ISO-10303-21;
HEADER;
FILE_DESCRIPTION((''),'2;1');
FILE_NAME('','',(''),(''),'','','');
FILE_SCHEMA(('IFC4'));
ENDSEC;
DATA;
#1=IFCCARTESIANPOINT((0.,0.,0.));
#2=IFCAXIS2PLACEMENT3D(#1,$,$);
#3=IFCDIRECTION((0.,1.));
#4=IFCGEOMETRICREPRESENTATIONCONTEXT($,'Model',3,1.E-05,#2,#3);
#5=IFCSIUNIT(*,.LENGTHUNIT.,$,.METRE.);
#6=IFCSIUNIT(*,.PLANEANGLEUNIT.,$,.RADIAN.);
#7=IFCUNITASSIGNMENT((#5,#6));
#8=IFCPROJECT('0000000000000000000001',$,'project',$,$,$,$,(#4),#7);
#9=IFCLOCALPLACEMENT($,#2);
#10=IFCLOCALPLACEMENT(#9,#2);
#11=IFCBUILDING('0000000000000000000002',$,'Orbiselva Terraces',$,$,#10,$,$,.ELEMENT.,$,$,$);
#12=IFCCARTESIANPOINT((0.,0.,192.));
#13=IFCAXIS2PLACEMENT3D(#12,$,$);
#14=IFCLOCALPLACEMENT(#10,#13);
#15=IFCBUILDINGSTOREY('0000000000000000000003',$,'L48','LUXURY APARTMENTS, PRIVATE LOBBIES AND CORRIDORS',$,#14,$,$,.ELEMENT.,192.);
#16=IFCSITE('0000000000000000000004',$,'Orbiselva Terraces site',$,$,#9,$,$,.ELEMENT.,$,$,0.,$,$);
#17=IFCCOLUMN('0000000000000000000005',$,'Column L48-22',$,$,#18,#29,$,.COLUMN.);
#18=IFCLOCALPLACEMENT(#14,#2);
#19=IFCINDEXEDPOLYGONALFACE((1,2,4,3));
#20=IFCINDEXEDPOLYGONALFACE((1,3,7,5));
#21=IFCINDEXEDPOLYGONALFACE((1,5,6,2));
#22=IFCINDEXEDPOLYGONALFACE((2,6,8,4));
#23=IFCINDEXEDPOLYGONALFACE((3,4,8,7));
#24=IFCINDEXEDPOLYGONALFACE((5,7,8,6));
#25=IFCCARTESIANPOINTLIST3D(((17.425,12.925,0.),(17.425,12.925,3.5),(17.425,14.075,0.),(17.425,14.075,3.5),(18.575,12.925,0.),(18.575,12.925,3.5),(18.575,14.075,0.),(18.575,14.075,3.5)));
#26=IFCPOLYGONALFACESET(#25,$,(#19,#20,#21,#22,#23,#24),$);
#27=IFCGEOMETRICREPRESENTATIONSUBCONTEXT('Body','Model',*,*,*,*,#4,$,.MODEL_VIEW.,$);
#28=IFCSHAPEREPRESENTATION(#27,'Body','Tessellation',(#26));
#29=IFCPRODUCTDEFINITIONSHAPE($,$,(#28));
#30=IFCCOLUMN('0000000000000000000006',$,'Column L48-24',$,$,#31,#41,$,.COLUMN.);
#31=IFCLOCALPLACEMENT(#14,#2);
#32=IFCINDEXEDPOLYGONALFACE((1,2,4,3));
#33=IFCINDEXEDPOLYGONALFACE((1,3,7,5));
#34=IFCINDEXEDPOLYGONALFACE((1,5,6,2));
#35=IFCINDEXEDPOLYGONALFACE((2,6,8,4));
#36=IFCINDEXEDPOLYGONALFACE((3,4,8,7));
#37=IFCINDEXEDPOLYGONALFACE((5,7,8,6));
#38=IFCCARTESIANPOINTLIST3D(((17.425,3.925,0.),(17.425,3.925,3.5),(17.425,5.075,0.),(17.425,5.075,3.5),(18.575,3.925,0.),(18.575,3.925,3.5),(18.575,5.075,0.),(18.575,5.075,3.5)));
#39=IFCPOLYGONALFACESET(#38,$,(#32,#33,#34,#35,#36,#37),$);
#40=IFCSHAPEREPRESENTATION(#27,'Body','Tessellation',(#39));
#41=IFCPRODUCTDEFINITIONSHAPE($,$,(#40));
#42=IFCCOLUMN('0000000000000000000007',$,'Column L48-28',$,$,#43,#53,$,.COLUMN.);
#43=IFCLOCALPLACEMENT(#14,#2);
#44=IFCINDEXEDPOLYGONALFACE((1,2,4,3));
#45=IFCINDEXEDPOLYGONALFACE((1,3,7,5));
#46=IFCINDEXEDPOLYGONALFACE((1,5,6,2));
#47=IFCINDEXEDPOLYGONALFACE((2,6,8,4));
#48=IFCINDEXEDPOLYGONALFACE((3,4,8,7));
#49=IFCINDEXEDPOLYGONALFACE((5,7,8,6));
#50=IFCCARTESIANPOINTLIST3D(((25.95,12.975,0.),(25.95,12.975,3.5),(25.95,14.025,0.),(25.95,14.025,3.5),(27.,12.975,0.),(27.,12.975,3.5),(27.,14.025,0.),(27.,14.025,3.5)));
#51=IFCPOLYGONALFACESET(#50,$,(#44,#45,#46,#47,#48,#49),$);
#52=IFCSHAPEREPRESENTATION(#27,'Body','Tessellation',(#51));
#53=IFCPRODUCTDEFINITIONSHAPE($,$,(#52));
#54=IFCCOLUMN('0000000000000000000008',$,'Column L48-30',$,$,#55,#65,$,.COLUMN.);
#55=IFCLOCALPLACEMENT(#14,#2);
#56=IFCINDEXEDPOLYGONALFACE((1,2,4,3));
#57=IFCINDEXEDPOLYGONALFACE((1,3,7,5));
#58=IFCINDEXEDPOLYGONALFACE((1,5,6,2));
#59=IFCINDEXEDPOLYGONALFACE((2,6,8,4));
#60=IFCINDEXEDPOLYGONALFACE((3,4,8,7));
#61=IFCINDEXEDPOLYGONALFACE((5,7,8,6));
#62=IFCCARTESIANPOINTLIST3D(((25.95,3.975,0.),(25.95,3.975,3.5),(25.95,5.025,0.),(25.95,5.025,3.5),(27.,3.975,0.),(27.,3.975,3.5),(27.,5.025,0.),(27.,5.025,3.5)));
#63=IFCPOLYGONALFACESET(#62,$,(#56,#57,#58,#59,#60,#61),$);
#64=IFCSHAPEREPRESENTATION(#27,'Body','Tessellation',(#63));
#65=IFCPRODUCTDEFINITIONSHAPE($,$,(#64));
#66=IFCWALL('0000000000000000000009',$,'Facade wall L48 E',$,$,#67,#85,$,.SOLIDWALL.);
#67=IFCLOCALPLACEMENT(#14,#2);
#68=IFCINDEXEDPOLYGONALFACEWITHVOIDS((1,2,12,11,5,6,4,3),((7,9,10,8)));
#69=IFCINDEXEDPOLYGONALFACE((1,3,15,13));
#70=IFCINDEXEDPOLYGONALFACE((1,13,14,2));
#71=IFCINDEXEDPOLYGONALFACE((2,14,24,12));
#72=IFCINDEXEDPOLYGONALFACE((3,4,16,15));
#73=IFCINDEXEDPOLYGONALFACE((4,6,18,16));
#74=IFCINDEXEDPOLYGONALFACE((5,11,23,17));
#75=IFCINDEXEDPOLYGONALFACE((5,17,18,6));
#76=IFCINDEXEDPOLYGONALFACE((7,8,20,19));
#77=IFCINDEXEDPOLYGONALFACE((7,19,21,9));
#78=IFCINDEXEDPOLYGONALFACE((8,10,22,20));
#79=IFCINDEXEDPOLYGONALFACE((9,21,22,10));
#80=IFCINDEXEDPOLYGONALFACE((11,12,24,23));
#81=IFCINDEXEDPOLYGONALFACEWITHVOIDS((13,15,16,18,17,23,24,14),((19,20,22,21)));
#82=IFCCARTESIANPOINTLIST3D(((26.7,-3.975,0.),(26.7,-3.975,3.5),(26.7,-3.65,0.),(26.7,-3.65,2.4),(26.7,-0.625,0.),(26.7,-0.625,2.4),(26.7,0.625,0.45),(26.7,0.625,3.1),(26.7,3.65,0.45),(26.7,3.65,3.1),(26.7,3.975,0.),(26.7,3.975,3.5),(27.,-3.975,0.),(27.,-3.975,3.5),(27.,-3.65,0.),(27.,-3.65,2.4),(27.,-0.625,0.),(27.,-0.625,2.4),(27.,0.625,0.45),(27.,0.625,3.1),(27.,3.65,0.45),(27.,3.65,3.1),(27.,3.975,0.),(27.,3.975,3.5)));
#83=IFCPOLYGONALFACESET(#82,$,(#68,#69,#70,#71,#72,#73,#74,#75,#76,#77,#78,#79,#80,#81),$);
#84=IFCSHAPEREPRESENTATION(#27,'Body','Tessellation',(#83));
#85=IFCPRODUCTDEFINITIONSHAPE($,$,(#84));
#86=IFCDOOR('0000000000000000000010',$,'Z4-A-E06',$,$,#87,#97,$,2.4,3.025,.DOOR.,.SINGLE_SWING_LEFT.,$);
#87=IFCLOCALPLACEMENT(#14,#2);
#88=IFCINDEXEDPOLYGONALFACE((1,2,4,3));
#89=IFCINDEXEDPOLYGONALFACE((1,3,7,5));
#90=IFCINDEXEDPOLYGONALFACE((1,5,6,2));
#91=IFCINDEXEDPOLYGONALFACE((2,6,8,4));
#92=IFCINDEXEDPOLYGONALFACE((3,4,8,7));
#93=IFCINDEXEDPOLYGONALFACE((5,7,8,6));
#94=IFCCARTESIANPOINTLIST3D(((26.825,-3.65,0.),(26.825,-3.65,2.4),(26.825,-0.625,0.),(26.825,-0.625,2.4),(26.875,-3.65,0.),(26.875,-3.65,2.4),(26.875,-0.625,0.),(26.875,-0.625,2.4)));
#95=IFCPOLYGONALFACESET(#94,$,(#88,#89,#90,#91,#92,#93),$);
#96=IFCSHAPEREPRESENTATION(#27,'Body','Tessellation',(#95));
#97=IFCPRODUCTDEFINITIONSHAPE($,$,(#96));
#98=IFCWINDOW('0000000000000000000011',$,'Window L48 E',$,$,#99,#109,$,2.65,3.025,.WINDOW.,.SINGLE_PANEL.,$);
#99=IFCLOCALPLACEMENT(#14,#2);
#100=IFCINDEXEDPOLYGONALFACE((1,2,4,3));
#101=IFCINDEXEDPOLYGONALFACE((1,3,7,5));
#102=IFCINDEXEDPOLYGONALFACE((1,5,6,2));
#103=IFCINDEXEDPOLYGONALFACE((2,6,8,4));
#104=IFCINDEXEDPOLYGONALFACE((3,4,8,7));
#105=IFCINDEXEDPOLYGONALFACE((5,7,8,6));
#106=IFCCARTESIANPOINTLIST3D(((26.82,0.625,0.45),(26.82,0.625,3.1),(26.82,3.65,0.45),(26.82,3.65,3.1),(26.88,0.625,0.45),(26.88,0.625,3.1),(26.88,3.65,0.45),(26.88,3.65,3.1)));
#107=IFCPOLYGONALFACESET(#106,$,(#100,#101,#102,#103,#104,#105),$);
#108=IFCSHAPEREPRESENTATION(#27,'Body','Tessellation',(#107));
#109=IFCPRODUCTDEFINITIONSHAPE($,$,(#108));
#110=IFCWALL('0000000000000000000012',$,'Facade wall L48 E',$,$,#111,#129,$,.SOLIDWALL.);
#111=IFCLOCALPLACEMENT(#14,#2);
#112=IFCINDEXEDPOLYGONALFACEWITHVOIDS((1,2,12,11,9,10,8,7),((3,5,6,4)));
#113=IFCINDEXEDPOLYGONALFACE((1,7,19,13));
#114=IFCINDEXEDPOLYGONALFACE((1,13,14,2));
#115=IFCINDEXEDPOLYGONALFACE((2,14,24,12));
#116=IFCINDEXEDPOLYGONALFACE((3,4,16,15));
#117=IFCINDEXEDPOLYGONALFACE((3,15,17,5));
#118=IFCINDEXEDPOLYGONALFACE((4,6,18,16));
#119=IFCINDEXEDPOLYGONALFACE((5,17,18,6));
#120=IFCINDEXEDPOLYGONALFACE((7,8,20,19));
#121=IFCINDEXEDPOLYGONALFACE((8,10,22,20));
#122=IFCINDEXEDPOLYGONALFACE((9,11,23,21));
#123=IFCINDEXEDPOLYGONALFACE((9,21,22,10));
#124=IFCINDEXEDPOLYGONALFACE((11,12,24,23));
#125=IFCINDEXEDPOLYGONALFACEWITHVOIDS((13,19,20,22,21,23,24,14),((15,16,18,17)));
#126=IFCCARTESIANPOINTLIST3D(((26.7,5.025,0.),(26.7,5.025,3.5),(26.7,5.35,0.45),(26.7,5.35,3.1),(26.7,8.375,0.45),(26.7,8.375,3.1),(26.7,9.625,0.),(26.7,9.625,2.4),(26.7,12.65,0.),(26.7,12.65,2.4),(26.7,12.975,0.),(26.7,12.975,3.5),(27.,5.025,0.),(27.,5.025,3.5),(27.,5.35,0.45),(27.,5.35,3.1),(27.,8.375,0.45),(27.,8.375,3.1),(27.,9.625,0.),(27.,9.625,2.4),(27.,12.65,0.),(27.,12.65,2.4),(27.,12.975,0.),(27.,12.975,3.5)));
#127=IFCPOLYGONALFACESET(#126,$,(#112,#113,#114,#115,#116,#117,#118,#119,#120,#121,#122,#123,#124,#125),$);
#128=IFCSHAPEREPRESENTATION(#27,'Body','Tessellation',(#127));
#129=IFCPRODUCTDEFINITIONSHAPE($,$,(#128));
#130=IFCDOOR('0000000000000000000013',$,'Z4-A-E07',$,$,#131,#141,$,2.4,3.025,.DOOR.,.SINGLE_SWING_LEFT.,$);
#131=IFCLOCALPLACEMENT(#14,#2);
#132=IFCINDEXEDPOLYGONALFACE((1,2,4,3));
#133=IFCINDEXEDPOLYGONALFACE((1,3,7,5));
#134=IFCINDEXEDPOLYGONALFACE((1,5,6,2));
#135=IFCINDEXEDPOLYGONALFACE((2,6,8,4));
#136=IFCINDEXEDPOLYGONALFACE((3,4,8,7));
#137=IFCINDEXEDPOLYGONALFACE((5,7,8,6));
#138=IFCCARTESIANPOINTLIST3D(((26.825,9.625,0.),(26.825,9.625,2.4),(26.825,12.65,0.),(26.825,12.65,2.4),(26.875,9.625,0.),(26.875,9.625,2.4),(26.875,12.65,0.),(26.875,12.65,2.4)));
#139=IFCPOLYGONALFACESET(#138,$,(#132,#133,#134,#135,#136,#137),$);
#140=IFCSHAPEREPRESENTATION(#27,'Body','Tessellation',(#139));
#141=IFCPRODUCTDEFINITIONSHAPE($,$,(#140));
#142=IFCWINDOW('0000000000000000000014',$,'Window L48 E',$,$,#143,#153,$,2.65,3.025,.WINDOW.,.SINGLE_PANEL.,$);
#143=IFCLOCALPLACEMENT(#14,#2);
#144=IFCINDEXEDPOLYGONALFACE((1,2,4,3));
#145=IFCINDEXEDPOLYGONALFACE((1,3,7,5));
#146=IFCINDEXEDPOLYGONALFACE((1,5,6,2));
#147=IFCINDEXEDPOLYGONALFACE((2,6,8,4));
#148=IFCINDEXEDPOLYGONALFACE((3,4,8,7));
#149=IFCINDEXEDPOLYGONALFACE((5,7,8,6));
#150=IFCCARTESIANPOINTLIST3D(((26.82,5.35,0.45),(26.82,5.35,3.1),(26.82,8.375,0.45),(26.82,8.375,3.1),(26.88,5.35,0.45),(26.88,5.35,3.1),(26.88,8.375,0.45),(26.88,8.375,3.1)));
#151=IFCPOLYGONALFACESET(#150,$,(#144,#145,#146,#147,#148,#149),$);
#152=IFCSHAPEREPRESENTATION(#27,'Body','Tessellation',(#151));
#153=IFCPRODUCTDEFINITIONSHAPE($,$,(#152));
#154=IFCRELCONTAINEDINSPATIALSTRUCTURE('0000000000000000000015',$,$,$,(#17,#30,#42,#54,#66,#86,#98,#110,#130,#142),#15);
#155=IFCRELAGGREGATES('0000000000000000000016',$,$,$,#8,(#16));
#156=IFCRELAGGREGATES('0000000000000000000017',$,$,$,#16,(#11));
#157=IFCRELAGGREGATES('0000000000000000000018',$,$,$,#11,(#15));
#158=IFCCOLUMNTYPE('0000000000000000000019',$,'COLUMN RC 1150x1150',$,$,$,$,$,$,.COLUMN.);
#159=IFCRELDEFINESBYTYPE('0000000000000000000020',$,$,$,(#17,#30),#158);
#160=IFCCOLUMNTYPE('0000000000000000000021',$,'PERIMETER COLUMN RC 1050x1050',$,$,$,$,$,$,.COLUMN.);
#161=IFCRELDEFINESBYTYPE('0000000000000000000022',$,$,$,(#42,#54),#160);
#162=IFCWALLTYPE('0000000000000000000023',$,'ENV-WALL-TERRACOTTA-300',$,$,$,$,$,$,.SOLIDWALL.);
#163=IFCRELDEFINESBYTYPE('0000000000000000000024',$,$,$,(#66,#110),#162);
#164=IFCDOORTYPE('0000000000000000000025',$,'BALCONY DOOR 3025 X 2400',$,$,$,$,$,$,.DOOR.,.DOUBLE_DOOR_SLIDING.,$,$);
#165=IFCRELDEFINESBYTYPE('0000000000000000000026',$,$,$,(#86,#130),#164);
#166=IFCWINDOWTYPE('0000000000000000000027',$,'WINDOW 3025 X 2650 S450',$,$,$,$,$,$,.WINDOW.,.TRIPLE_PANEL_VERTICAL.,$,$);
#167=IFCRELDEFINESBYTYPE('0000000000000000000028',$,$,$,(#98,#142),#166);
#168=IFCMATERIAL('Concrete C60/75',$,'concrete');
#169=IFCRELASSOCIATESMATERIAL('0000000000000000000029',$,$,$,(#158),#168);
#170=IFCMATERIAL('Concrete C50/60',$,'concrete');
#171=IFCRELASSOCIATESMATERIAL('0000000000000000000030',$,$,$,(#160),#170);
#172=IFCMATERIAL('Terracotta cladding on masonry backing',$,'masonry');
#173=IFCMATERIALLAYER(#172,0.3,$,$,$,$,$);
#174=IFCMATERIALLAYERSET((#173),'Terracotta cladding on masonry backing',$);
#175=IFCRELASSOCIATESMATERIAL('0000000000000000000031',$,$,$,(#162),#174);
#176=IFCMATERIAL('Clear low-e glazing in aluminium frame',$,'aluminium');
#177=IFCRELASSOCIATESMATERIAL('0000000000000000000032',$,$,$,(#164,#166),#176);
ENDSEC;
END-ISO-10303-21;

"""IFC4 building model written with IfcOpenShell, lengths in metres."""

from ifc_helpers import new_model, si_unit, direction, frame, frame_2d, origin, origin_2d, place, context, subcontext, project, spatial, rectangle, extrude, material, layer, layer_set, material_profile, profile_set, type_object, element, fill, save


model = new_model("IFC4")

# Units and contexts
model_context = context("Model", 3, precision=1e-05, world=origin(), true_north=direction((0.0, 1.0)))
body_context = subcontext(model_context, "Body", "Model", "MODEL_VIEW")
ifc_project = project(units=[si_unit("LENGTHUNIT", "METRE"), si_unit("PLANEANGLEUNIT", "RADIAN")], contexts=[model_context])

# Site, building, storey
site_placement = place(None, origin())
site = spatial("IfcSite", under=ifc_project, at=site_placement, Name="Orbiselva Terraces site", CompositionType="ELEMENT", RefElevation=0.0)
building_placement = place(site_placement, origin())
building = spatial("IfcBuilding", under=site, at=building_placement, Name="Orbiselva Terraces", CompositionType="ELEMENT")
storey_placement = place(building_placement, frame((0.0, 0.0, 192.0)))
storey = spatial("IfcBuildingStorey", under=building, at=storey_placement, Name="L48", Description="LUXURY APARTMENTS, PRIVATE LOBBIES AND CORRIDORS", CompositionType="ELEMENT", Elevation=192.0)

# Columns
ifc_material_1 = material(Name="Concrete C60/75", Category="concrete")
ifc_material_profile_1 = material_profile(ifc_material_1, rectangle(XDim=1.15, YDim=1.15, at=origin_2d()), Name="RC 1150x1150")
ifc_profile_set_1 = profile_set([ifc_material_profile_1], Name="Concrete C60/75")
column_type_1 = type_object("IfcColumnType", Name="COLUMN RC 1150x1150", PredefinedType="COLUMN", material=ifc_profile_set_1)
for number, where, z_axis, x_axis, name in (
    (1, (18.0, 13.5, 0.0), (0.0, 0.0, 1.0), (1.0, 0.0, 0.0), "Column L48-22"),
    (2, (18.0, 4.5, 0.0), (0.0, 0.0, 1.0), (1.0, 0.0, 0.0), "Column L48-24"),
):
    element("IfcColumn", number, at=place(storey_placement, frame(where, z_axis=z_axis, x_axis=x_axis)), inside=storey, type_object=column_type_1, Name=name, PredefinedType="COLUMN", context=body_context, shape_type="SweptSolid", body=[
        extrude(rectangle(XDim=1.15, YDim=1.15, at=origin_2d()), origin(), (0.0, 0.0, 1.0), 3.5),
    ])
ifc_material_2 = material(Name="Concrete C50/60", Category="concrete")
ifc_material_profile_2 = material_profile(ifc_material_2, rectangle(XDim=1.05, YDim=1.05, at=origin_2d()), Name="RC 1050x1050")
ifc_profile_set_2 = profile_set([ifc_material_profile_2], Name="Concrete C50/60")
column_type_2 = type_object("IfcColumnType", Name="PERIMETER COLUMN RC 1050x1050", PredefinedType="COLUMN", material=ifc_profile_set_2)
for number, where, z_axis, x_axis, name in (
    (3, (26.475, 13.5, 0.0), (0.0, 0.0, 1.0), (1.0, 0.0, 0.0), "Column L48-28"),
    (4, (26.475, 4.5, 0.0), (0.0, 0.0, 1.0), (1.0, 0.0, 0.0), "Column L48-30"),
):
    element("IfcColumn", number, at=place(storey_placement, frame(where, z_axis=z_axis, x_axis=x_axis)), inside=storey, type_object=column_type_2, Name=name, PredefinedType="COLUMN", context=body_context, shape_type="SweptSolid", body=[
        extrude(rectangle(XDim=1.05, YDim=1.05, at=origin_2d()), origin(), (0.0, 0.0, 1.0), 3.5),
    ])

# Walls, openings, doors, windows
ifc_material_3 = material(Name="Terracotta cladding on masonry backing", Category="masonry")
ifc_layer_1 = layer(ifc_material_3, 0.3)
ifc_layer_set_1 = layer_set([ifc_layer_1], Name="Terracotta cladding on masonry backing")
wall_type_1 = type_object("IfcWallType", Name="ENV-WALL-TERRACOTTA-300", PredefinedType="SOLIDWALL", material=ifc_layer_set_1)
wall_1_placement = place(storey_placement, frame((26.85, 3.975, 0.0), z_axis=(0.0, 0.0, 1.0), x_axis=(0.0, -1.0, 0.0)))
wall_1 = element("IfcWall", 5, at=wall_1_placement, inside=storey, type_object=wall_type_1, Name="Facade wall L48 E", PredefinedType="SOLIDWALL", context=body_context, shape_type="SweptSolid", body=[
    extrude(rectangle(XDim=7.95, YDim=0.3, at=frame_2d((3.975, 0.0))), origin(), (0.0, 0.0, 1.0), 3.5),
])
opening_1_placement = place(wall_1_placement, frame((4.6, 0.0, 0.0)))
opening_1 = element("IfcOpeningElement", 6, at=opening_1_placement, cuts=wall_1, PredefinedType="OPENING", context=body_context, shape_type="SweptSolid", body=[
    extrude(rectangle(XDim=3.025, YDim=2.4, at=frame_2d((1.5125, 1.2))), frame((0.0, 0.16, 0.0), z_axis=(0.0, -1.0, 0.0), x_axis=(1.0, 0.0, 0.0)), (0.0, 0.0, 1.0), 0.32),
])
opening_2_placement = place(wall_1_placement, frame((0.325, 0.0, 0.45)))
opening_2 = element("IfcOpeningElement", 7, at=opening_2_placement, cuts=wall_1, PredefinedType="OPENING", context=body_context, shape_type="SweptSolid", body=[
    extrude(rectangle(XDim=3.025, YDim=2.65, at=frame_2d((1.5125, 1.325))), frame((0.0, 0.16, 0.0), z_axis=(0.0, -1.0, 0.0), x_axis=(1.0, 0.0, 0.0)), (0.0, 0.0, 1.0), 0.32),
])
ifc_material_4 = material(Name="Clear low-e glazing in aluminium frame", Category="aluminium")
door_type_1 = type_object("IfcDoorType", Name="BALCONY DOOR 3025 X 2400", OperationType="DOUBLE_DOOR_SLIDING", PredefinedType="DOOR", material=ifc_material_4)
door_1_placement = place(opening_1_placement, origin())
door_1 = element("IfcDoor", 8, at=door_1_placement, inside=storey, type_object=door_type_1, Name="Z4-A-E06", OperationType="SINGLE_SWING_LEFT", OverallHeight=2.4, OverallWidth=3.025, PredefinedType="DOOR", context=body_context, shape_type="SweptSolid", body=[
    extrude(rectangle(XDim=3.025, YDim=2.4, at=frame_2d((1.5125, 1.2))), frame((0.0, 0.025, 0.0), z_axis=(0.0, -1.0, 0.0), x_axis=(1.0, 0.0, 0.0)), (0.0, 0.0, 1.0), 0.05),
])
fill(opening_1, door_1)
window_type = type_object("IfcWindowType", Name="WINDOW 3025 X 2650 S450", PartitioningType="TRIPLE_PANEL_VERTICAL", PredefinedType="WINDOW", material=ifc_material_4)
window_1_placement = place(opening_2_placement, origin())
window_1 = element("IfcWindow", 9, at=window_1_placement, inside=storey, type_object=window_type, Name="Window L48 E", OverallHeight=2.65, OverallWidth=3.025, PartitioningType="SINGLE_PANEL", PredefinedType="WINDOW", context=body_context, shape_type="SweptSolid", body=[
    extrude(rectangle(XDim=3.025, YDim=2.65, at=frame_2d((1.5125, 1.325))), frame((0.0, 0.03, 0.0), z_axis=(0.0, -1.0, 0.0), x_axis=(1.0, 0.0, 0.0)), (0.0, 0.0, 1.0), 0.06),
])
fill(opening_2, window_1)
wall_2_placement = place(storey_placement, frame((26.85, 12.975, 0.0), z_axis=(0.0, 0.0, 1.0), x_axis=(0.0, -1.0, 0.0)))
wall_2 = element("IfcWall", 10, at=wall_2_placement, inside=storey, type_object=wall_type_1, Name="Facade wall L48 E", PredefinedType="SOLIDWALL", context=body_context, shape_type="SweptSolid", body=[
    extrude(rectangle(XDim=7.95, YDim=0.3, at=frame_2d((3.975, 0.0))), origin(), (0.0, 0.0, 1.0), 3.5),
])
opening_3_placement = place(wall_2_placement, frame((4.6, 0.0, 0.45)))
opening_3 = element("IfcOpeningElement", 11, at=opening_3_placement, cuts=wall_2, PredefinedType="OPENING", context=body_context, shape_type="SweptSolid", body=[
    extrude(rectangle(XDim=3.025, YDim=2.65, at=frame_2d((1.5125, 1.325))), frame((0.0, 0.16, 0.0), z_axis=(0.0, -1.0, 0.0), x_axis=(1.0, 0.0, 0.0)), (0.0, 0.0, 1.0), 0.32),
])
opening_4_placement = place(wall_2_placement, frame((0.325, 0.0, 0.0)))
opening_4 = element("IfcOpeningElement", 12, at=opening_4_placement, cuts=wall_2, PredefinedType="OPENING", context=body_context, shape_type="SweptSolid", body=[
    extrude(rectangle(XDim=3.025, YDim=2.4, at=frame_2d((1.5125, 1.2))), frame((0.0, 0.16, 0.0), z_axis=(0.0, -1.0, 0.0), x_axis=(1.0, 0.0, 0.0)), (0.0, 0.0, 1.0), 0.32),
])
door_2_placement = place(opening_4_placement, origin())
door_2 = element("IfcDoor", 13, at=door_2_placement, inside=storey, type_object=door_type_1, Name="Z4-A-E07", OperationType="SINGLE_SWING_LEFT", OverallHeight=2.4, OverallWidth=3.025, PredefinedType="DOOR", context=body_context, shape_type="SweptSolid", body=[
    extrude(rectangle(XDim=3.025, YDim=2.4, at=frame_2d((1.5125, 1.2))), frame((0.0, 0.025, 0.0), z_axis=(0.0, -1.0, 0.0), x_axis=(1.0, 0.0, 0.0)), (0.0, 0.0, 1.0), 0.05),
])
fill(opening_4, door_2)
window_2_placement = place(opening_3_placement, origin())
window_2 = element("IfcWindow", 14, at=window_2_placement, inside=storey, type_object=window_type, Name="Window L48 E", OverallHeight=2.65, OverallWidth=3.025, PartitioningType="SINGLE_PANEL", PredefinedType="WINDOW", context=body_context, shape_type="SweptSolid", body=[
    extrude(rectangle(XDim=3.025, YDim=2.65, at=frame_2d((1.5125, 1.325))), frame((0.0, 0.03, 0.0), z_axis=(0.0, -1.0, 0.0), x_axis=(1.0, 0.0, 0.0)), (0.0, 0.0, 1.0), 0.06),
])
fill(opening_3, window_2)

save(model, "model.ifc")
